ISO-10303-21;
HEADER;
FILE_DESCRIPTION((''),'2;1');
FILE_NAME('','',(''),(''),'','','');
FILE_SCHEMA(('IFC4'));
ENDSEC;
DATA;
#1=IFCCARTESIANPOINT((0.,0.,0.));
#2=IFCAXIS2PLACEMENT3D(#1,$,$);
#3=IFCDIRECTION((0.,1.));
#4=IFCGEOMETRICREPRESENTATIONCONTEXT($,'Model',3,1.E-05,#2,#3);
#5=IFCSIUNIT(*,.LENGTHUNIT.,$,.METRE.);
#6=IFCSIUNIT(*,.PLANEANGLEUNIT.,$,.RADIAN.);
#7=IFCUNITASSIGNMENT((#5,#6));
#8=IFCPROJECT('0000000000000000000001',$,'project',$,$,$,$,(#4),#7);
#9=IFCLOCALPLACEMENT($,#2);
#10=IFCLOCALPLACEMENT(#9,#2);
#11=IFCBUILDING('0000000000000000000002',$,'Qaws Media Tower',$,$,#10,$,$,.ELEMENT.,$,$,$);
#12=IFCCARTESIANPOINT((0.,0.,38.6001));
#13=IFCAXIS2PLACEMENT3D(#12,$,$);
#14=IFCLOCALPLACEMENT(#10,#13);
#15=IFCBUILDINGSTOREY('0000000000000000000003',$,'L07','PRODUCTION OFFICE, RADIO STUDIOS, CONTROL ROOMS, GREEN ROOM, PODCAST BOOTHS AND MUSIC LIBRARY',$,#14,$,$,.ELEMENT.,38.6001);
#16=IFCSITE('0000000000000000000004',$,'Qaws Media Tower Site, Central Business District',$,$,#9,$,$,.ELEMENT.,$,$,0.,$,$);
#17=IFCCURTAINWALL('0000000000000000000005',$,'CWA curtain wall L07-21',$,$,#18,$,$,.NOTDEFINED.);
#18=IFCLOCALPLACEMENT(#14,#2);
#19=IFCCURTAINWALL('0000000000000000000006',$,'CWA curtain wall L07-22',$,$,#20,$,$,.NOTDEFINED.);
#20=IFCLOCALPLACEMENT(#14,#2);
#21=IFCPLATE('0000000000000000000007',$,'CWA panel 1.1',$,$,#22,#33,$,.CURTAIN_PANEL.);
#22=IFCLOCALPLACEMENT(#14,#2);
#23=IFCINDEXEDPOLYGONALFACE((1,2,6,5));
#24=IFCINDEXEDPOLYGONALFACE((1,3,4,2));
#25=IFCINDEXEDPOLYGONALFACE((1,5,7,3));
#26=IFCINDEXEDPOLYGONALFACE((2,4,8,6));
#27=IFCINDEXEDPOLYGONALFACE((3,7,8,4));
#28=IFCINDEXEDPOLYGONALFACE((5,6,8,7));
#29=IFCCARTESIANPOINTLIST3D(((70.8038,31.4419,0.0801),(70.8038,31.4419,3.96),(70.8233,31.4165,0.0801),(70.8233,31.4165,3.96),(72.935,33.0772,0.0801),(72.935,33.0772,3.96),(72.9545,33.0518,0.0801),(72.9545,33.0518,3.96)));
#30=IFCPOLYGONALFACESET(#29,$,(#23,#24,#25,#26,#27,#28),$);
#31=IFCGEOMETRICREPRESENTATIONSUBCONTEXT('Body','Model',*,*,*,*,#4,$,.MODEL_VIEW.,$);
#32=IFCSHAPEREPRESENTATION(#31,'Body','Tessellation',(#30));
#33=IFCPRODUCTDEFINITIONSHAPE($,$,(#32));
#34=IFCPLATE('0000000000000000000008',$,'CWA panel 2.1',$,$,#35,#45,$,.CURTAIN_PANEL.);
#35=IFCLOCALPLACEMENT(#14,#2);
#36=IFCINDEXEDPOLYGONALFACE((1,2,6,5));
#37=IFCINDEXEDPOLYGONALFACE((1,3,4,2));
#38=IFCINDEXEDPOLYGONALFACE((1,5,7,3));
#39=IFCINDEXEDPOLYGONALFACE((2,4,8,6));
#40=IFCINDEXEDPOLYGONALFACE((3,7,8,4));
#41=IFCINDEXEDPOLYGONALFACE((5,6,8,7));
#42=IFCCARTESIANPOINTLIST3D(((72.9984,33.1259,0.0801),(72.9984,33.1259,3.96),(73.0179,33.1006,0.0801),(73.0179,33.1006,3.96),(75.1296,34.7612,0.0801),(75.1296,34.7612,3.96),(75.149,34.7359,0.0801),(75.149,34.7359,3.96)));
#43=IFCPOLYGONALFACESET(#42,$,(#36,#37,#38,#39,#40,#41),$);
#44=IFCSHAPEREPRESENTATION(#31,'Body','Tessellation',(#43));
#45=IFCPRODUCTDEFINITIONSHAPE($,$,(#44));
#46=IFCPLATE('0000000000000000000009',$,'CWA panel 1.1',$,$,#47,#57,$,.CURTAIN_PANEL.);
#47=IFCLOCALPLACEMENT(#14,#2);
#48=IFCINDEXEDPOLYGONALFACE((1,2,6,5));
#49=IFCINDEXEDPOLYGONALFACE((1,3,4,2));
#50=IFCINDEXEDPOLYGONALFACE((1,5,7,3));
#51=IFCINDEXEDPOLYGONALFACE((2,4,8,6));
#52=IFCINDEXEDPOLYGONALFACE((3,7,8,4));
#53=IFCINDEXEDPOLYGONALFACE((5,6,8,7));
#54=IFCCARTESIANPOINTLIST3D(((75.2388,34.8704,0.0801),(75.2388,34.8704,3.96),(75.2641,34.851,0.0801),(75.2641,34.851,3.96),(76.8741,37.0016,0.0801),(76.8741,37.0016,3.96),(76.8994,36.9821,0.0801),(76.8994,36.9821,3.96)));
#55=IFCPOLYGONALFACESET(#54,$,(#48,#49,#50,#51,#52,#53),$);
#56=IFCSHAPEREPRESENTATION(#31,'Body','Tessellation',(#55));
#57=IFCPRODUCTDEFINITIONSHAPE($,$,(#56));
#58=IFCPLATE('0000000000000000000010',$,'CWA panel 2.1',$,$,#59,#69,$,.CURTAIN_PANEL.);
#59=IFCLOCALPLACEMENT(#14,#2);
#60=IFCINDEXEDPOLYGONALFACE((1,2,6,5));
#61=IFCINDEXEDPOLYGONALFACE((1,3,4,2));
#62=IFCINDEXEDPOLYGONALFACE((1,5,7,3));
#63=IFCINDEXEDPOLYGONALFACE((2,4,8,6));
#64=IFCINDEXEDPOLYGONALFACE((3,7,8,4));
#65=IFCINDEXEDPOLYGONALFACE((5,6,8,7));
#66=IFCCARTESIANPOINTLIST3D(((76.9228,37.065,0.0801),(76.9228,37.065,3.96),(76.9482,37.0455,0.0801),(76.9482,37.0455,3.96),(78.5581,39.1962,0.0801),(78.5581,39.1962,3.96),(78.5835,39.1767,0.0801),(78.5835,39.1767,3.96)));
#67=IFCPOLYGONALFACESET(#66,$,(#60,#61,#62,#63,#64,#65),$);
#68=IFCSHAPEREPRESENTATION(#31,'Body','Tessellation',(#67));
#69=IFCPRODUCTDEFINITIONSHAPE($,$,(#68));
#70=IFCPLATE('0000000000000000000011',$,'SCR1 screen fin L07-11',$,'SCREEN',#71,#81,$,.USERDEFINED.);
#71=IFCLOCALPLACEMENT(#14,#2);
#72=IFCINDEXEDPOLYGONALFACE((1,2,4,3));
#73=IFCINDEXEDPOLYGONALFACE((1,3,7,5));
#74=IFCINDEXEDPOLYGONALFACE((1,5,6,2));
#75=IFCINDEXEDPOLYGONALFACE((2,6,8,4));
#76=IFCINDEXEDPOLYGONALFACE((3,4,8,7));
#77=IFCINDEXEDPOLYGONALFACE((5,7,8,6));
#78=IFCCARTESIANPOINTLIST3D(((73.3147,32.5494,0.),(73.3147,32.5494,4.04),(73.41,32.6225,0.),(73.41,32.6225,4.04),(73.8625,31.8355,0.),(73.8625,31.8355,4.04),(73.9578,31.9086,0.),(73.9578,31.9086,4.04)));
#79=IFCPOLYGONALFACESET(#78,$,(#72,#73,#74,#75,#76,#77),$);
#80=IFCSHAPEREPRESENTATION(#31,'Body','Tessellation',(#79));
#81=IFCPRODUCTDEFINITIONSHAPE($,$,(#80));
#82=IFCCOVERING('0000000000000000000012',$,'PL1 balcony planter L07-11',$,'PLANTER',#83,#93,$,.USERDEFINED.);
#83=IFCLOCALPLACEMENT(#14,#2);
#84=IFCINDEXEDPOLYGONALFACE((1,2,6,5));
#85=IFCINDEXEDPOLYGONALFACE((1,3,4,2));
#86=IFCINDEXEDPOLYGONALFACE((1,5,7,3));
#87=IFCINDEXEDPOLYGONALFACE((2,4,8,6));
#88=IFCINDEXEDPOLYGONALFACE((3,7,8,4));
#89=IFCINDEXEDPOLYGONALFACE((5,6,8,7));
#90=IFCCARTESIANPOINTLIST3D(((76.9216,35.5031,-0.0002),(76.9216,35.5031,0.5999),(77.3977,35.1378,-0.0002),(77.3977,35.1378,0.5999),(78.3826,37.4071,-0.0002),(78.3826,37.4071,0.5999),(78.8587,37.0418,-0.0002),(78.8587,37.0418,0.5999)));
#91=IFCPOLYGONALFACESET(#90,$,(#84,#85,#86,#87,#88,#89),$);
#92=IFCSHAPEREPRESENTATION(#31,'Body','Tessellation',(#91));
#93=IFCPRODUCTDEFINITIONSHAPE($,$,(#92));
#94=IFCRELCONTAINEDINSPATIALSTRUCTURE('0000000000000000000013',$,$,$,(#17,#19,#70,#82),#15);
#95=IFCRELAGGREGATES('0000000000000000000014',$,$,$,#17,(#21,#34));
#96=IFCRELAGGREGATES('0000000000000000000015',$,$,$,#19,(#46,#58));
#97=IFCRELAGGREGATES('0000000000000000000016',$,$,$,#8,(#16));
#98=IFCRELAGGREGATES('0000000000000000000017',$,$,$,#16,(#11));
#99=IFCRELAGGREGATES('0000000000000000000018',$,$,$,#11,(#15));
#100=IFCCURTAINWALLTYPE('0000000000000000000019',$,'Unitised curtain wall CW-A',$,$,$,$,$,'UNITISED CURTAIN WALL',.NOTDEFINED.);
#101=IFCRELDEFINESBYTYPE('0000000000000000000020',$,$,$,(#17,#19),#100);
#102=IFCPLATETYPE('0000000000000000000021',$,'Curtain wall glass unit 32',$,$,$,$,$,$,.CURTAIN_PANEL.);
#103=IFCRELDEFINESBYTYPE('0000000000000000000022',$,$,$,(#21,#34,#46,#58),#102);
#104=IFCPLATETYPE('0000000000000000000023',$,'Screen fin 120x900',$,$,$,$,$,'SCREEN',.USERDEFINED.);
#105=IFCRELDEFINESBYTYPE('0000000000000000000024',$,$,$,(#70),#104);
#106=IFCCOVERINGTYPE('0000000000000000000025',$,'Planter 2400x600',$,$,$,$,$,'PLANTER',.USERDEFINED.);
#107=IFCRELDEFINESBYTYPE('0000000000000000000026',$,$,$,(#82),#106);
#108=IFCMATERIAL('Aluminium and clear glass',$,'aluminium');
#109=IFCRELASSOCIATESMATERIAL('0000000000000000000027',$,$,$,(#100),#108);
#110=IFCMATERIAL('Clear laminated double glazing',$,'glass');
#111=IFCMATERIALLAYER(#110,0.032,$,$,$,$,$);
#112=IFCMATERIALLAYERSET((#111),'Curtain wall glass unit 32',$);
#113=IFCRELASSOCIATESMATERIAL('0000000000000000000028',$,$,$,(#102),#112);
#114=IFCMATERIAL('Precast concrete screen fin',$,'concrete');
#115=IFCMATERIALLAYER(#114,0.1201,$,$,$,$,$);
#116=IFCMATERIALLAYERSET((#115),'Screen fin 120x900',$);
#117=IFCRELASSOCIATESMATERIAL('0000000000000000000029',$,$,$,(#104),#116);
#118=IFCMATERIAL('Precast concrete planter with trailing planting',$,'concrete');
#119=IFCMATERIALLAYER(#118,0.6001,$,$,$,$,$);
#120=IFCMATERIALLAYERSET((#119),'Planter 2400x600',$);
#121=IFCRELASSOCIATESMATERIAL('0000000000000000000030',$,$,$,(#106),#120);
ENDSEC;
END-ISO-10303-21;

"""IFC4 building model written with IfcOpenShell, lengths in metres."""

from ifc_helpers import new_model, si_unit, direction, frame, origin, origin_2d, place, context, subcontext, project, spatial, rectangle, extrude, material, layer, layer_set, type_object, element, aggregate, save


model = new_model("IFC4")

# Units and contexts
model_context = context("Model", 3, precision=1e-05, world=origin(), true_north=direction((0.0, 1.0)))
body_context = subcontext(model_context, "Body", "Model", "MODEL_VIEW")
ifc_project = project(units=[si_unit("LENGTHUNIT", "METRE"), si_unit("PLANEANGLEUNIT", "RADIAN")], contexts=[model_context])

# Site, building, storey
site_placement = place(None, origin())
site = spatial("IfcSite", under=ifc_project, at=site_placement, Name="Qaws Media Tower Site, Central Business District", CompositionType="ELEMENT", RefElevation=0.0)
building_placement = place(site_placement, origin())
building = spatial("IfcBuilding", under=site, at=building_placement, Name="Qaws Media Tower", CompositionType="ELEMENT")
storey_placement = place(building_placement, frame((0.0, 0.0, 38.6001)))
storey = spatial("IfcBuildingStorey", under=building, at=storey_placement, Name="L07", Description="PRODUCTION OFFICE, RADIO STUDIOS, CONTROL ROOMS, GREEN ROOM, PODCAST BOOTHS AND MUSIC LIBRARY", CompositionType="ELEMENT", Elevation=38.6001)

# Shared definitions
ifc_material_1 = material(Name="Aluminium and clear glass", Category="aluminium")
curtain_wall_type = type_object("IfcCurtainWallType", Name="Unitised curtain wall CW-A", ElementType="UNITISED CURTAIN WALL", PredefinedType="NOTDEFINED", material=ifc_material_1)

# Curtain walls
curtain_wall_1_placement = place(storey_placement, origin())
curtain_wall_1 = element("IfcCurtainWall", 1, at=curtain_wall_1_placement, inside=storey, type_object=curtain_wall_type, Name="CWA curtain wall L07-21", PredefinedType="NOTDEFINED")
curtain_wall_2_placement = place(storey_placement, origin())
curtain_wall_2 = element("IfcCurtainWall", 2, at=curtain_wall_2_placement, inside=storey, type_object=curtain_wall_type, Name="CWA curtain wall L07-22", PredefinedType="NOTDEFINED")

# Plates
ifc_material_2 = material(Name="Clear laminated double glazing", Category="glass")
ifc_layer_1 = layer(ifc_material_2, 0.032)
ifc_layer_set_1 = layer_set([ifc_layer_1], Name="Curtain wall glass unit 32")
plate_type_1 = type_object("IfcPlateType", Name="Curtain wall glass unit 32", PredefinedType="CURTAIN_PANEL", material=ifc_layer_set_1)
plate_1_placement = place(storey_placement, frame((71.8792, 32.2468, 0.0801), z_axis=(0.0, 0.0, 1.0), x_axis=(0.793353, 0.608761, 0.0)))
plate_1 = element("IfcPlate", 3, at=plate_1_placement, type_object=plate_type_1, Name="CWA panel 1.1", PredefinedType="CURTAIN_PANEL", context=body_context, shape_type="SweptSolid", body=[
    extrude(rectangle(XDim=2.6863, YDim=0.032, at=origin_2d()), origin(), (0.0, 0.0, 1.0), 3.8799),
])
plate_2_placement = place(storey_placement, frame((74.0737, 33.9309, 0.0801), z_axis=(0.0, 0.0, 1.0), x_axis=(0.793353, 0.608761, 0.0)))
plate_2 = element("IfcPlate", 4, at=plate_2_placement, type_object=plate_type_1, Name="CWA panel 2.1", PredefinedType="CURTAIN_PANEL", context=body_context, shape_type="SweptSolid", body=[
    extrude(rectangle(XDim=2.6863, YDim=0.032, at=origin_2d()), origin(), (0.0, 0.0, 1.0), 3.8799),
])
aggregate(curtain_wall_1, [plate_1, plate_2])
plate_3_placement = place(storey_placement, frame((76.0691, 35.9263, 0.0801), z_axis=(0.0, 0.0, 1.0), x_axis=(0.608761, 0.793353, 0.0)))
plate_3 = element("IfcPlate", 5, at=plate_3_placement, type_object=plate_type_1, Name="CWA panel 1.1", PredefinedType="CURTAIN_PANEL", context=body_context, shape_type="SweptSolid", body=[
    extrude(rectangle(XDim=2.6863, YDim=0.032, at=origin_2d()), origin(), (0.0, 0.0, 1.0), 3.8799),
])
plate_4_placement = place(storey_placement, frame((77.7532, 38.1208, 0.0801), z_axis=(0.0, 0.0, 1.0), x_axis=(0.608761, 0.793353, 0.0)))
plate_4 = element("IfcPlate", 6, at=plate_4_placement, type_object=plate_type_1, Name="CWA panel 2.1", PredefinedType="CURTAIN_PANEL", context=body_context, shape_type="SweptSolid", body=[
    extrude(rectangle(XDim=2.6863, YDim=0.032, at=origin_2d()), origin(), (0.0, 0.0, 1.0), 3.8799),
])
aggregate(curtain_wall_2, [plate_3, plate_4])
ifc_material_3 = material(Name="Precast concrete screen fin", Category="concrete")
ifc_layer_2 = layer(ifc_material_3, 0.1201)
ifc_layer_set_2 = layer_set([ifc_layer_2], Name="Screen fin 120x900")
plate_type_2 = type_object("IfcPlateType", Name="Screen fin 120x900", ElementType="SCREEN", PredefinedType="USERDEFINED", material=ifc_layer_set_2)
plate_5_placement = place(storey_placement, frame((73.6362, 32.229, 0.0), z_axis=(0.0, 0.0, 1.0), x_axis=(0.608761, -0.793353, 0.0)))
element("IfcPlate", 7, at=plate_5_placement, inside=storey, type_object=plate_type_2, Name="SCR1 screen fin L07-11", ObjectType="SCREEN", PredefinedType="USERDEFINED", context=body_context, shape_type="SweptSolid", body=[
    extrude(rectangle(XDim=0.8999, YDim=0.1201, at=origin_2d()), origin(), (0.0, 0.0, 1.0), 4.04),
])

# Covering
ifc_material_4 = material(Name="Precast concrete planter with trailing planting", Category="concrete")
ifc_layer_3 = layer(ifc_material_4, 0.6001)
ifc_layer_set_3 = layer_set([ifc_layer_3], Name="Planter 2400x600")
covering_type = type_object("IfcCoveringType", Name="Planter 2400x600", ElementType="PLANTER", PredefinedType="USERDEFINED", material=ifc_layer_set_3)
covering_placement = place(storey_placement, frame((77.8901, 36.2725, -0.0002), z_axis=(0.0, 0.0, 1.0), x_axis=(0.608761, 0.793353, 0.0)))
element("IfcCovering", 8, at=covering_placement, inside=storey, type_object=covering_type, Name="PL1 balcony planter L07-11", ObjectType="PLANTER", PredefinedType="USERDEFINED", context=body_context, shape_type="SweptSolid", body=[
    extrude(rectangle(XDim=2.3999, YDim=0.6001, at=origin_2d()), origin(), (0.0, 0.0, 1.0), 0.6001),
])

save(model, "model.ifc")
